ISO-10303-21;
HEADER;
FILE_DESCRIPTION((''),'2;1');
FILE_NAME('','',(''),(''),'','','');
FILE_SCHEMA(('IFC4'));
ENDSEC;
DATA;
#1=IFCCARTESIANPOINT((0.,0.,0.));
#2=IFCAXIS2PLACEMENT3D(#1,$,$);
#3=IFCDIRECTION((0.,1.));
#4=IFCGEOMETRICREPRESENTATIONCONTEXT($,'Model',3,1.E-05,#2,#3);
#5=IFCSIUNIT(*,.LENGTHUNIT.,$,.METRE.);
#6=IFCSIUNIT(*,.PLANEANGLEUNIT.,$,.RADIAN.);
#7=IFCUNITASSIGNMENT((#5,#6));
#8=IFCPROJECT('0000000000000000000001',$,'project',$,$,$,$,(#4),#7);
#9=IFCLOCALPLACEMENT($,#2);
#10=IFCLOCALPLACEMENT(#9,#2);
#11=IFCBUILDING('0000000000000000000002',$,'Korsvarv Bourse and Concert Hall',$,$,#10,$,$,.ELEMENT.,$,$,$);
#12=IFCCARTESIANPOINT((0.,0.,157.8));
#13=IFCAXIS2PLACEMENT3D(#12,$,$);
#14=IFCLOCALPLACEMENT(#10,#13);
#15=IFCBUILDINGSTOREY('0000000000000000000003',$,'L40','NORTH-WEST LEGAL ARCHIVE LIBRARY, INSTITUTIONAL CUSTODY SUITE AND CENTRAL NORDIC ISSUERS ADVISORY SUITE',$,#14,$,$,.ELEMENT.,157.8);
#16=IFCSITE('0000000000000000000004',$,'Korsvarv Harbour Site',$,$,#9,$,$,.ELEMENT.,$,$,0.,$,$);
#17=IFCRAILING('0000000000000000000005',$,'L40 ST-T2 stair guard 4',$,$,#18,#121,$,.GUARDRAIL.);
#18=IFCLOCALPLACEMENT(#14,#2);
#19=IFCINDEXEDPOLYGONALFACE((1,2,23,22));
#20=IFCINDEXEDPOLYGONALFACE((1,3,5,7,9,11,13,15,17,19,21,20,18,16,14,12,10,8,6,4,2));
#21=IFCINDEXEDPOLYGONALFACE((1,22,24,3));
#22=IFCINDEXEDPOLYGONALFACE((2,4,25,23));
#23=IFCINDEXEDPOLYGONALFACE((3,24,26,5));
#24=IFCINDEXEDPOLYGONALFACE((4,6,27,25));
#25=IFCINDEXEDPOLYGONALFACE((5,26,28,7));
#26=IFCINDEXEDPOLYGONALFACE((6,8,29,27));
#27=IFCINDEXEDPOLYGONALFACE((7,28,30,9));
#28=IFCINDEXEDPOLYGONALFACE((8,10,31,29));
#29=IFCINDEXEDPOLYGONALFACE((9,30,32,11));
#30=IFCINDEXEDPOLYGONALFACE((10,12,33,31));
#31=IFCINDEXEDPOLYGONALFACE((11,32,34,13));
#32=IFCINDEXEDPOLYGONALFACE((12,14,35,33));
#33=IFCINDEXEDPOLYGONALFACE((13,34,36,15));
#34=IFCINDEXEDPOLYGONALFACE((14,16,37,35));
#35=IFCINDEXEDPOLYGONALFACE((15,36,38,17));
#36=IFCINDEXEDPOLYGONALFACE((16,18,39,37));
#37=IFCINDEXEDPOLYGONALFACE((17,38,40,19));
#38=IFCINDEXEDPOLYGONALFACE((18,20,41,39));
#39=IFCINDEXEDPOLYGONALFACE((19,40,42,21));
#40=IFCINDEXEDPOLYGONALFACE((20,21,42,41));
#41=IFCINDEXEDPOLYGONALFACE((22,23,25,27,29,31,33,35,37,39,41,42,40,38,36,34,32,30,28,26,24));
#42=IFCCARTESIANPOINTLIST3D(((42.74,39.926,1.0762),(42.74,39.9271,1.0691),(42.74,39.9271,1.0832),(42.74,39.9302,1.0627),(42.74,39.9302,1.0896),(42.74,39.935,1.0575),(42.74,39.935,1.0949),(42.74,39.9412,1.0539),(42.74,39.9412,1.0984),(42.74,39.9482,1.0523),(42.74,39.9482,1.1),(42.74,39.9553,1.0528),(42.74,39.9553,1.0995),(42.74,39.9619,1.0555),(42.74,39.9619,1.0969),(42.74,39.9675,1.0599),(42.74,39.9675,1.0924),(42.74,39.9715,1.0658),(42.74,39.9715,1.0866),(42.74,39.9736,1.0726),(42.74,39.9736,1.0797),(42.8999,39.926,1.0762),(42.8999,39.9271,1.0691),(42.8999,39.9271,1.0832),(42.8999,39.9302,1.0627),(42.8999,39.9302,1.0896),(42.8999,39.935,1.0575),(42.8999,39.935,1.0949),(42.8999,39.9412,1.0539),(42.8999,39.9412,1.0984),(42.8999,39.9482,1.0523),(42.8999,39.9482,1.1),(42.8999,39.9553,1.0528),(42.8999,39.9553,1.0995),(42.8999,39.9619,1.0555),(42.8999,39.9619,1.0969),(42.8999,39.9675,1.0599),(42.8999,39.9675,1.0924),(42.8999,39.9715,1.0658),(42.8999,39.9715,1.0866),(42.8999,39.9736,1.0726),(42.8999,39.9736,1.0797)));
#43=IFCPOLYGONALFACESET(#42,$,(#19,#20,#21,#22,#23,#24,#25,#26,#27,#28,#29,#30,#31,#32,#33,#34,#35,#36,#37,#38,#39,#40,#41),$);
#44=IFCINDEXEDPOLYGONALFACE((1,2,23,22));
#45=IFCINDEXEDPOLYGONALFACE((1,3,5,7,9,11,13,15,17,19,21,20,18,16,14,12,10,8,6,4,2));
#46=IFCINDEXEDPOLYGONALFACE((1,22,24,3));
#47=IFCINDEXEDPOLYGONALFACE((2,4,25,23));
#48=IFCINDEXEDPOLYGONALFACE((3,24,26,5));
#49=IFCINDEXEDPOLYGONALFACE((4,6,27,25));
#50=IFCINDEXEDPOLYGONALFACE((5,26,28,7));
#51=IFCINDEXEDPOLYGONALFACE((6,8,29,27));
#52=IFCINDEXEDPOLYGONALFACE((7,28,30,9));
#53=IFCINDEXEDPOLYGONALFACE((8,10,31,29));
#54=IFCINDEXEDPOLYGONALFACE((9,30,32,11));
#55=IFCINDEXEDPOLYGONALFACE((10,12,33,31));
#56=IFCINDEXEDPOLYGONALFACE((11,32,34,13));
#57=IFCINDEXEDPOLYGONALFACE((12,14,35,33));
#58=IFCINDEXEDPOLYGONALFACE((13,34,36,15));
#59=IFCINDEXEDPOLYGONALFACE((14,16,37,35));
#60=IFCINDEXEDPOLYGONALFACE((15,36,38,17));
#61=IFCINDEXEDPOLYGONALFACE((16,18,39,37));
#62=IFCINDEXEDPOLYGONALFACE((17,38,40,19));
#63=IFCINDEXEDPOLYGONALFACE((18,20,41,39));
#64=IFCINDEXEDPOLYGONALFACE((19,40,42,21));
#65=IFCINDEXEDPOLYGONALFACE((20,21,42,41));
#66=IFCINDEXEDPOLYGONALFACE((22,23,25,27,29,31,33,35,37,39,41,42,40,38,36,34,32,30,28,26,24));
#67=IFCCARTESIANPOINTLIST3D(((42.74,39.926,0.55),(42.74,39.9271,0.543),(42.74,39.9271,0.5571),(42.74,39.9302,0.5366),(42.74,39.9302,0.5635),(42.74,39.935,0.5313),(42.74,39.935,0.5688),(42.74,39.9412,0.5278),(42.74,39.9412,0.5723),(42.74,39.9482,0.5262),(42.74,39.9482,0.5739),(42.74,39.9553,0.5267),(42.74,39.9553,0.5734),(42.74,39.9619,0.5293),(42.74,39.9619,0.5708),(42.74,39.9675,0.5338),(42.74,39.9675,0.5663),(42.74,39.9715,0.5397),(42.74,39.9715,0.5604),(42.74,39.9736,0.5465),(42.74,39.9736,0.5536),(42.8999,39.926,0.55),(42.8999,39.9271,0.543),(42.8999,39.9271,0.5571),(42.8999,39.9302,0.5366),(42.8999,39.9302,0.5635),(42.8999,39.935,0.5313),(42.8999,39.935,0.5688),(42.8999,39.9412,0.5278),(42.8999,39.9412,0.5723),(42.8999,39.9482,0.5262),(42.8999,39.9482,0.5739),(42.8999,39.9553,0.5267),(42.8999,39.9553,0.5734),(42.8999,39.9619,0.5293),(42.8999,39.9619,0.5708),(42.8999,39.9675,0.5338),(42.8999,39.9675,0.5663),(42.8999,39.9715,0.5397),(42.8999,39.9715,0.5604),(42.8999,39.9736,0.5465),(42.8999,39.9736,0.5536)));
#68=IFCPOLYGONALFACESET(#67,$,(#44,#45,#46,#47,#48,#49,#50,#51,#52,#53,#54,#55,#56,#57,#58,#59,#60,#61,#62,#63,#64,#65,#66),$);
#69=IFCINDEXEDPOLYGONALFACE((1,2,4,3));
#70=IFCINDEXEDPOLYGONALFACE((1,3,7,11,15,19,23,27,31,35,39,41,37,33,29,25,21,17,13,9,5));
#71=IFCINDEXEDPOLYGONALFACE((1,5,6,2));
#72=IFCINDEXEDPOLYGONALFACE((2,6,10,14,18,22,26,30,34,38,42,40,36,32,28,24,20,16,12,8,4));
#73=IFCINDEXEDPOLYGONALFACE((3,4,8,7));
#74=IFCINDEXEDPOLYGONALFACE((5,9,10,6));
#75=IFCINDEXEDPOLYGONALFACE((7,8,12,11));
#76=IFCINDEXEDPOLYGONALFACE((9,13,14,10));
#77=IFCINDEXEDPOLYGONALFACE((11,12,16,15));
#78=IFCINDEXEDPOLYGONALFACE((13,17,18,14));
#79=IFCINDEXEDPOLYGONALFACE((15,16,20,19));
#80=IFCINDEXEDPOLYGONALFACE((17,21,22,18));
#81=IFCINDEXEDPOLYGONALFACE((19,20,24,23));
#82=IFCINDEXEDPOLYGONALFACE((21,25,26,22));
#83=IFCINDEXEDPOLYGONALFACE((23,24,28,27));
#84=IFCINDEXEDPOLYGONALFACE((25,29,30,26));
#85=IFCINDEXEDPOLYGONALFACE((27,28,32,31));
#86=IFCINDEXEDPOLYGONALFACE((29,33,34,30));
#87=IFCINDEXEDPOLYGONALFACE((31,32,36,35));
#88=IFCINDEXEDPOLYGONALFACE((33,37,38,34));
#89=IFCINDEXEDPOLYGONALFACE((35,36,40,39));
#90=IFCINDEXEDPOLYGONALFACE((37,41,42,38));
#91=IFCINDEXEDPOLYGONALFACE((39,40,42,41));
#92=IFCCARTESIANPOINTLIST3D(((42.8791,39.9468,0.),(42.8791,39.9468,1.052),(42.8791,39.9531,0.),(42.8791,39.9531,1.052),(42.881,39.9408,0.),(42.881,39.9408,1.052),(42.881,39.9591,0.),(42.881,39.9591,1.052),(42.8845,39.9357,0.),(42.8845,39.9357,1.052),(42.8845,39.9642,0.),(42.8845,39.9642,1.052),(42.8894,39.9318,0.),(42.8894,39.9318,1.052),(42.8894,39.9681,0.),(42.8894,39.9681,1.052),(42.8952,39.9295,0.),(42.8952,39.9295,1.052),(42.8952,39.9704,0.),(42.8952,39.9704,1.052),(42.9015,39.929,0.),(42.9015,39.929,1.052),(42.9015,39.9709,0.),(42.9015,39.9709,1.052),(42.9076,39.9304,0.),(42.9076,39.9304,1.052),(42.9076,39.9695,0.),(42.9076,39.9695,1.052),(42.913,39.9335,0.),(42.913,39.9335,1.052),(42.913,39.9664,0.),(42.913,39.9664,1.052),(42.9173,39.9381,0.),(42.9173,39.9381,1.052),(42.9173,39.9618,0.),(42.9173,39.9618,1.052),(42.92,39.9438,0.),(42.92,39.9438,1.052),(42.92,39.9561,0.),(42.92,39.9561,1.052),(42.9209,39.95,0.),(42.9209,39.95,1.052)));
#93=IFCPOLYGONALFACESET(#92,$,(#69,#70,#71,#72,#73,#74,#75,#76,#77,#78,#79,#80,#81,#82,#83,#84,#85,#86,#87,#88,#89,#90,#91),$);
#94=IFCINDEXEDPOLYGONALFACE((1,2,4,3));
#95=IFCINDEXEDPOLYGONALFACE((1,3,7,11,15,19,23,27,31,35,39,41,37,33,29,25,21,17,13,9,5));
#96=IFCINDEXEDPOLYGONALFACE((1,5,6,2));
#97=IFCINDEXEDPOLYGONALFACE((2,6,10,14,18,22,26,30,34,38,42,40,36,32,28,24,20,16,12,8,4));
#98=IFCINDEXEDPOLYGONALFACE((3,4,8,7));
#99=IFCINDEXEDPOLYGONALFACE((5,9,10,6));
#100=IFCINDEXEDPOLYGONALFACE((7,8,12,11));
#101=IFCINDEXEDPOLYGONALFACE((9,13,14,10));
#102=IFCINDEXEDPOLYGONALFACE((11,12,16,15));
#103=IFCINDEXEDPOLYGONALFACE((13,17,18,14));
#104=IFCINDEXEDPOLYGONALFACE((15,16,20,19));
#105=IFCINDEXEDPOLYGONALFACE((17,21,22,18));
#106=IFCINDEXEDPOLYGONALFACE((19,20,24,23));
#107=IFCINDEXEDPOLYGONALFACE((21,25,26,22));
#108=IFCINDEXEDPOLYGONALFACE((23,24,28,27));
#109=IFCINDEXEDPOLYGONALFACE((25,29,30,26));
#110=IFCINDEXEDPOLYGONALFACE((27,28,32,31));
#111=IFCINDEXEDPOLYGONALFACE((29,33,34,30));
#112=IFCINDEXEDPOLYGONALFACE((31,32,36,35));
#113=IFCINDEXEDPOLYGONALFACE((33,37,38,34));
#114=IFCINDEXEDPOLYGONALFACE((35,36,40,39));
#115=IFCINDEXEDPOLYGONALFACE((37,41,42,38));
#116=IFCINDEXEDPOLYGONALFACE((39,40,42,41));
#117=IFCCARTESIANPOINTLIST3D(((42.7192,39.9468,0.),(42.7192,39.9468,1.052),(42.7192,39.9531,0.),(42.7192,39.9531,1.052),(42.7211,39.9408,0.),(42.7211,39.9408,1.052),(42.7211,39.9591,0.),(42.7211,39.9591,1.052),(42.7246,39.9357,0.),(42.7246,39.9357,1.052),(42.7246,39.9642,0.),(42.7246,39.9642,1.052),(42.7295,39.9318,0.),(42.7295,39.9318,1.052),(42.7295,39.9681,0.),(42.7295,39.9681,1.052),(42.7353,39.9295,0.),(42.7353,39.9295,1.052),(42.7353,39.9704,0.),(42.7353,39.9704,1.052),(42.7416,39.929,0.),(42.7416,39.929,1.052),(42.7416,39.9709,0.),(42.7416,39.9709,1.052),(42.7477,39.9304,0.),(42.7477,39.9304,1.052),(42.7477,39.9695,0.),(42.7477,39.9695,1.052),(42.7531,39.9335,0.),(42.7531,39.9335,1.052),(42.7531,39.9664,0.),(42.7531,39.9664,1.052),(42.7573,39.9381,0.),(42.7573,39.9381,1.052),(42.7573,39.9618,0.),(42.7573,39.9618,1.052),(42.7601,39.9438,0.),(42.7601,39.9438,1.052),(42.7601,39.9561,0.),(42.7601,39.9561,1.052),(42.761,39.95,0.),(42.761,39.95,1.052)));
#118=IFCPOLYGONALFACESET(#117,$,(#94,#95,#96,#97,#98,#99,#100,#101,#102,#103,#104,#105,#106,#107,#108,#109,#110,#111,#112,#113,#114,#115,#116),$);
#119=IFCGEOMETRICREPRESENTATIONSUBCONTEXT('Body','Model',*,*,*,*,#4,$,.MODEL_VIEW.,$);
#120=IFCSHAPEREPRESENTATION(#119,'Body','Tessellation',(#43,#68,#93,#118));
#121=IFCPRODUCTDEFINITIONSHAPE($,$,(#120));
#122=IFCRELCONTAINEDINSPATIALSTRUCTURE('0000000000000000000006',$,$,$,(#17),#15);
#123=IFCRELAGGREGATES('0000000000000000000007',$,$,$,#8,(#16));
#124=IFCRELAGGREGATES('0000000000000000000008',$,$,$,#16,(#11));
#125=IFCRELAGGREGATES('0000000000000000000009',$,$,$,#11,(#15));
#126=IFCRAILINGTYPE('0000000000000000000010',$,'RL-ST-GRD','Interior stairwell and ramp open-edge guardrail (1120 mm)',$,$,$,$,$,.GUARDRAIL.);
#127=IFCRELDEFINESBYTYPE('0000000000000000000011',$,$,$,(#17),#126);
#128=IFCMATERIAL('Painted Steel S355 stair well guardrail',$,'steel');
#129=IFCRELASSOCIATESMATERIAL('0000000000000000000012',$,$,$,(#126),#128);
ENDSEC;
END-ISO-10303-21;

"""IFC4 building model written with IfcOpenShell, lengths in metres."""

from ifc_helpers import new_model, si_unit, direction, frame, origin, origin_2d, place, context, subcontext, project, spatial, circle, extrude, material, type_object, element, save


model = new_model("IFC4")

# Units and contexts
model_context = context("Model", 3, precision=1e-05, world=origin(), true_north=direction((0.0, 1.0)))
body_context = subcontext(model_context, "Body", "Model", "MODEL_VIEW")
ifc_project = project(units=[si_unit("LENGTHUNIT", "METRE"), si_unit("PLANEANGLEUNIT", "RADIAN")], contexts=[model_context])

# Site, building, storey
site_placement = place(None, origin())
site = spatial("IfcSite", under=ifc_project, at=site_placement, Name="Korsvarv Harbour Site", CompositionType="ELEMENT", RefElevation=0.0)
building_placement = place(site_placement, origin())
building = spatial("IfcBuilding", under=site, at=building_placement, Name="Korsvarv Bourse and Concert Hall", CompositionType="ELEMENT")
storey_placement = place(building_placement, frame((0.0, 0.0, 157.8)))
storey = spatial("IfcBuildingStorey", under=building, at=storey_placement, Name="L40", Description="NORTH-WEST LEGAL ARCHIVE LIBRARY, INSTITUTIONAL CUSTODY SUITE AND CENTRAL NORDIC ISSUERS ADVISORY SUITE", CompositionType="ELEMENT", Elevation=157.8)

# Railing
ifc_material_1 = material(Name="Painted Steel S355 stair well guardrail", Category="steel")
railing_type_1 = type_object("IfcRailingType", Name="RL-ST-GRD", Description="Interior stairwell and ramp open-edge guardrail (1120 mm)", PredefinedType="GUARDRAIL", material=ifc_material_1)
railing_1_placement = place(storey_placement, frame((42.8999, 39.95, 0.0)))
element("IfcRailing", 1, at=railing_1_placement, inside=storey, type_object=railing_type_1, Name="L40 ST-T2 stair guard 4", PredefinedType="GUARDRAIL", context=body_context, shape_type="SweptSolid", body=[
    extrude(circle(Radius=0.0239, at=origin_2d()), frame((0.0, 0.0, 1.0762), z_axis=(-1.0, 0.0, 0.0), x_axis=(0.0, -1.0, 0.0)), (0.0, 0.0, 1.0), 0.1599),
    extrude(circle(Radius=0.0239, at=origin_2d()), frame((0.0, 0.0, 0.55), z_axis=(-1.0, 0.0, 0.0), x_axis=(0.0, -1.0, 0.0)), (0.0, 0.0, 1.0), 0.1599),
    extrude(circle(Radius=0.021, at=origin_2d()), origin(), (0.0, 0.0, 1.0), 1.052),
    extrude(circle(Radius=0.021, at=origin_2d()), frame((-0.1599, 0.0, 0.0)), (0.0, 0.0, 1.0), 1.052),
])

save(model, "model.ifc")
